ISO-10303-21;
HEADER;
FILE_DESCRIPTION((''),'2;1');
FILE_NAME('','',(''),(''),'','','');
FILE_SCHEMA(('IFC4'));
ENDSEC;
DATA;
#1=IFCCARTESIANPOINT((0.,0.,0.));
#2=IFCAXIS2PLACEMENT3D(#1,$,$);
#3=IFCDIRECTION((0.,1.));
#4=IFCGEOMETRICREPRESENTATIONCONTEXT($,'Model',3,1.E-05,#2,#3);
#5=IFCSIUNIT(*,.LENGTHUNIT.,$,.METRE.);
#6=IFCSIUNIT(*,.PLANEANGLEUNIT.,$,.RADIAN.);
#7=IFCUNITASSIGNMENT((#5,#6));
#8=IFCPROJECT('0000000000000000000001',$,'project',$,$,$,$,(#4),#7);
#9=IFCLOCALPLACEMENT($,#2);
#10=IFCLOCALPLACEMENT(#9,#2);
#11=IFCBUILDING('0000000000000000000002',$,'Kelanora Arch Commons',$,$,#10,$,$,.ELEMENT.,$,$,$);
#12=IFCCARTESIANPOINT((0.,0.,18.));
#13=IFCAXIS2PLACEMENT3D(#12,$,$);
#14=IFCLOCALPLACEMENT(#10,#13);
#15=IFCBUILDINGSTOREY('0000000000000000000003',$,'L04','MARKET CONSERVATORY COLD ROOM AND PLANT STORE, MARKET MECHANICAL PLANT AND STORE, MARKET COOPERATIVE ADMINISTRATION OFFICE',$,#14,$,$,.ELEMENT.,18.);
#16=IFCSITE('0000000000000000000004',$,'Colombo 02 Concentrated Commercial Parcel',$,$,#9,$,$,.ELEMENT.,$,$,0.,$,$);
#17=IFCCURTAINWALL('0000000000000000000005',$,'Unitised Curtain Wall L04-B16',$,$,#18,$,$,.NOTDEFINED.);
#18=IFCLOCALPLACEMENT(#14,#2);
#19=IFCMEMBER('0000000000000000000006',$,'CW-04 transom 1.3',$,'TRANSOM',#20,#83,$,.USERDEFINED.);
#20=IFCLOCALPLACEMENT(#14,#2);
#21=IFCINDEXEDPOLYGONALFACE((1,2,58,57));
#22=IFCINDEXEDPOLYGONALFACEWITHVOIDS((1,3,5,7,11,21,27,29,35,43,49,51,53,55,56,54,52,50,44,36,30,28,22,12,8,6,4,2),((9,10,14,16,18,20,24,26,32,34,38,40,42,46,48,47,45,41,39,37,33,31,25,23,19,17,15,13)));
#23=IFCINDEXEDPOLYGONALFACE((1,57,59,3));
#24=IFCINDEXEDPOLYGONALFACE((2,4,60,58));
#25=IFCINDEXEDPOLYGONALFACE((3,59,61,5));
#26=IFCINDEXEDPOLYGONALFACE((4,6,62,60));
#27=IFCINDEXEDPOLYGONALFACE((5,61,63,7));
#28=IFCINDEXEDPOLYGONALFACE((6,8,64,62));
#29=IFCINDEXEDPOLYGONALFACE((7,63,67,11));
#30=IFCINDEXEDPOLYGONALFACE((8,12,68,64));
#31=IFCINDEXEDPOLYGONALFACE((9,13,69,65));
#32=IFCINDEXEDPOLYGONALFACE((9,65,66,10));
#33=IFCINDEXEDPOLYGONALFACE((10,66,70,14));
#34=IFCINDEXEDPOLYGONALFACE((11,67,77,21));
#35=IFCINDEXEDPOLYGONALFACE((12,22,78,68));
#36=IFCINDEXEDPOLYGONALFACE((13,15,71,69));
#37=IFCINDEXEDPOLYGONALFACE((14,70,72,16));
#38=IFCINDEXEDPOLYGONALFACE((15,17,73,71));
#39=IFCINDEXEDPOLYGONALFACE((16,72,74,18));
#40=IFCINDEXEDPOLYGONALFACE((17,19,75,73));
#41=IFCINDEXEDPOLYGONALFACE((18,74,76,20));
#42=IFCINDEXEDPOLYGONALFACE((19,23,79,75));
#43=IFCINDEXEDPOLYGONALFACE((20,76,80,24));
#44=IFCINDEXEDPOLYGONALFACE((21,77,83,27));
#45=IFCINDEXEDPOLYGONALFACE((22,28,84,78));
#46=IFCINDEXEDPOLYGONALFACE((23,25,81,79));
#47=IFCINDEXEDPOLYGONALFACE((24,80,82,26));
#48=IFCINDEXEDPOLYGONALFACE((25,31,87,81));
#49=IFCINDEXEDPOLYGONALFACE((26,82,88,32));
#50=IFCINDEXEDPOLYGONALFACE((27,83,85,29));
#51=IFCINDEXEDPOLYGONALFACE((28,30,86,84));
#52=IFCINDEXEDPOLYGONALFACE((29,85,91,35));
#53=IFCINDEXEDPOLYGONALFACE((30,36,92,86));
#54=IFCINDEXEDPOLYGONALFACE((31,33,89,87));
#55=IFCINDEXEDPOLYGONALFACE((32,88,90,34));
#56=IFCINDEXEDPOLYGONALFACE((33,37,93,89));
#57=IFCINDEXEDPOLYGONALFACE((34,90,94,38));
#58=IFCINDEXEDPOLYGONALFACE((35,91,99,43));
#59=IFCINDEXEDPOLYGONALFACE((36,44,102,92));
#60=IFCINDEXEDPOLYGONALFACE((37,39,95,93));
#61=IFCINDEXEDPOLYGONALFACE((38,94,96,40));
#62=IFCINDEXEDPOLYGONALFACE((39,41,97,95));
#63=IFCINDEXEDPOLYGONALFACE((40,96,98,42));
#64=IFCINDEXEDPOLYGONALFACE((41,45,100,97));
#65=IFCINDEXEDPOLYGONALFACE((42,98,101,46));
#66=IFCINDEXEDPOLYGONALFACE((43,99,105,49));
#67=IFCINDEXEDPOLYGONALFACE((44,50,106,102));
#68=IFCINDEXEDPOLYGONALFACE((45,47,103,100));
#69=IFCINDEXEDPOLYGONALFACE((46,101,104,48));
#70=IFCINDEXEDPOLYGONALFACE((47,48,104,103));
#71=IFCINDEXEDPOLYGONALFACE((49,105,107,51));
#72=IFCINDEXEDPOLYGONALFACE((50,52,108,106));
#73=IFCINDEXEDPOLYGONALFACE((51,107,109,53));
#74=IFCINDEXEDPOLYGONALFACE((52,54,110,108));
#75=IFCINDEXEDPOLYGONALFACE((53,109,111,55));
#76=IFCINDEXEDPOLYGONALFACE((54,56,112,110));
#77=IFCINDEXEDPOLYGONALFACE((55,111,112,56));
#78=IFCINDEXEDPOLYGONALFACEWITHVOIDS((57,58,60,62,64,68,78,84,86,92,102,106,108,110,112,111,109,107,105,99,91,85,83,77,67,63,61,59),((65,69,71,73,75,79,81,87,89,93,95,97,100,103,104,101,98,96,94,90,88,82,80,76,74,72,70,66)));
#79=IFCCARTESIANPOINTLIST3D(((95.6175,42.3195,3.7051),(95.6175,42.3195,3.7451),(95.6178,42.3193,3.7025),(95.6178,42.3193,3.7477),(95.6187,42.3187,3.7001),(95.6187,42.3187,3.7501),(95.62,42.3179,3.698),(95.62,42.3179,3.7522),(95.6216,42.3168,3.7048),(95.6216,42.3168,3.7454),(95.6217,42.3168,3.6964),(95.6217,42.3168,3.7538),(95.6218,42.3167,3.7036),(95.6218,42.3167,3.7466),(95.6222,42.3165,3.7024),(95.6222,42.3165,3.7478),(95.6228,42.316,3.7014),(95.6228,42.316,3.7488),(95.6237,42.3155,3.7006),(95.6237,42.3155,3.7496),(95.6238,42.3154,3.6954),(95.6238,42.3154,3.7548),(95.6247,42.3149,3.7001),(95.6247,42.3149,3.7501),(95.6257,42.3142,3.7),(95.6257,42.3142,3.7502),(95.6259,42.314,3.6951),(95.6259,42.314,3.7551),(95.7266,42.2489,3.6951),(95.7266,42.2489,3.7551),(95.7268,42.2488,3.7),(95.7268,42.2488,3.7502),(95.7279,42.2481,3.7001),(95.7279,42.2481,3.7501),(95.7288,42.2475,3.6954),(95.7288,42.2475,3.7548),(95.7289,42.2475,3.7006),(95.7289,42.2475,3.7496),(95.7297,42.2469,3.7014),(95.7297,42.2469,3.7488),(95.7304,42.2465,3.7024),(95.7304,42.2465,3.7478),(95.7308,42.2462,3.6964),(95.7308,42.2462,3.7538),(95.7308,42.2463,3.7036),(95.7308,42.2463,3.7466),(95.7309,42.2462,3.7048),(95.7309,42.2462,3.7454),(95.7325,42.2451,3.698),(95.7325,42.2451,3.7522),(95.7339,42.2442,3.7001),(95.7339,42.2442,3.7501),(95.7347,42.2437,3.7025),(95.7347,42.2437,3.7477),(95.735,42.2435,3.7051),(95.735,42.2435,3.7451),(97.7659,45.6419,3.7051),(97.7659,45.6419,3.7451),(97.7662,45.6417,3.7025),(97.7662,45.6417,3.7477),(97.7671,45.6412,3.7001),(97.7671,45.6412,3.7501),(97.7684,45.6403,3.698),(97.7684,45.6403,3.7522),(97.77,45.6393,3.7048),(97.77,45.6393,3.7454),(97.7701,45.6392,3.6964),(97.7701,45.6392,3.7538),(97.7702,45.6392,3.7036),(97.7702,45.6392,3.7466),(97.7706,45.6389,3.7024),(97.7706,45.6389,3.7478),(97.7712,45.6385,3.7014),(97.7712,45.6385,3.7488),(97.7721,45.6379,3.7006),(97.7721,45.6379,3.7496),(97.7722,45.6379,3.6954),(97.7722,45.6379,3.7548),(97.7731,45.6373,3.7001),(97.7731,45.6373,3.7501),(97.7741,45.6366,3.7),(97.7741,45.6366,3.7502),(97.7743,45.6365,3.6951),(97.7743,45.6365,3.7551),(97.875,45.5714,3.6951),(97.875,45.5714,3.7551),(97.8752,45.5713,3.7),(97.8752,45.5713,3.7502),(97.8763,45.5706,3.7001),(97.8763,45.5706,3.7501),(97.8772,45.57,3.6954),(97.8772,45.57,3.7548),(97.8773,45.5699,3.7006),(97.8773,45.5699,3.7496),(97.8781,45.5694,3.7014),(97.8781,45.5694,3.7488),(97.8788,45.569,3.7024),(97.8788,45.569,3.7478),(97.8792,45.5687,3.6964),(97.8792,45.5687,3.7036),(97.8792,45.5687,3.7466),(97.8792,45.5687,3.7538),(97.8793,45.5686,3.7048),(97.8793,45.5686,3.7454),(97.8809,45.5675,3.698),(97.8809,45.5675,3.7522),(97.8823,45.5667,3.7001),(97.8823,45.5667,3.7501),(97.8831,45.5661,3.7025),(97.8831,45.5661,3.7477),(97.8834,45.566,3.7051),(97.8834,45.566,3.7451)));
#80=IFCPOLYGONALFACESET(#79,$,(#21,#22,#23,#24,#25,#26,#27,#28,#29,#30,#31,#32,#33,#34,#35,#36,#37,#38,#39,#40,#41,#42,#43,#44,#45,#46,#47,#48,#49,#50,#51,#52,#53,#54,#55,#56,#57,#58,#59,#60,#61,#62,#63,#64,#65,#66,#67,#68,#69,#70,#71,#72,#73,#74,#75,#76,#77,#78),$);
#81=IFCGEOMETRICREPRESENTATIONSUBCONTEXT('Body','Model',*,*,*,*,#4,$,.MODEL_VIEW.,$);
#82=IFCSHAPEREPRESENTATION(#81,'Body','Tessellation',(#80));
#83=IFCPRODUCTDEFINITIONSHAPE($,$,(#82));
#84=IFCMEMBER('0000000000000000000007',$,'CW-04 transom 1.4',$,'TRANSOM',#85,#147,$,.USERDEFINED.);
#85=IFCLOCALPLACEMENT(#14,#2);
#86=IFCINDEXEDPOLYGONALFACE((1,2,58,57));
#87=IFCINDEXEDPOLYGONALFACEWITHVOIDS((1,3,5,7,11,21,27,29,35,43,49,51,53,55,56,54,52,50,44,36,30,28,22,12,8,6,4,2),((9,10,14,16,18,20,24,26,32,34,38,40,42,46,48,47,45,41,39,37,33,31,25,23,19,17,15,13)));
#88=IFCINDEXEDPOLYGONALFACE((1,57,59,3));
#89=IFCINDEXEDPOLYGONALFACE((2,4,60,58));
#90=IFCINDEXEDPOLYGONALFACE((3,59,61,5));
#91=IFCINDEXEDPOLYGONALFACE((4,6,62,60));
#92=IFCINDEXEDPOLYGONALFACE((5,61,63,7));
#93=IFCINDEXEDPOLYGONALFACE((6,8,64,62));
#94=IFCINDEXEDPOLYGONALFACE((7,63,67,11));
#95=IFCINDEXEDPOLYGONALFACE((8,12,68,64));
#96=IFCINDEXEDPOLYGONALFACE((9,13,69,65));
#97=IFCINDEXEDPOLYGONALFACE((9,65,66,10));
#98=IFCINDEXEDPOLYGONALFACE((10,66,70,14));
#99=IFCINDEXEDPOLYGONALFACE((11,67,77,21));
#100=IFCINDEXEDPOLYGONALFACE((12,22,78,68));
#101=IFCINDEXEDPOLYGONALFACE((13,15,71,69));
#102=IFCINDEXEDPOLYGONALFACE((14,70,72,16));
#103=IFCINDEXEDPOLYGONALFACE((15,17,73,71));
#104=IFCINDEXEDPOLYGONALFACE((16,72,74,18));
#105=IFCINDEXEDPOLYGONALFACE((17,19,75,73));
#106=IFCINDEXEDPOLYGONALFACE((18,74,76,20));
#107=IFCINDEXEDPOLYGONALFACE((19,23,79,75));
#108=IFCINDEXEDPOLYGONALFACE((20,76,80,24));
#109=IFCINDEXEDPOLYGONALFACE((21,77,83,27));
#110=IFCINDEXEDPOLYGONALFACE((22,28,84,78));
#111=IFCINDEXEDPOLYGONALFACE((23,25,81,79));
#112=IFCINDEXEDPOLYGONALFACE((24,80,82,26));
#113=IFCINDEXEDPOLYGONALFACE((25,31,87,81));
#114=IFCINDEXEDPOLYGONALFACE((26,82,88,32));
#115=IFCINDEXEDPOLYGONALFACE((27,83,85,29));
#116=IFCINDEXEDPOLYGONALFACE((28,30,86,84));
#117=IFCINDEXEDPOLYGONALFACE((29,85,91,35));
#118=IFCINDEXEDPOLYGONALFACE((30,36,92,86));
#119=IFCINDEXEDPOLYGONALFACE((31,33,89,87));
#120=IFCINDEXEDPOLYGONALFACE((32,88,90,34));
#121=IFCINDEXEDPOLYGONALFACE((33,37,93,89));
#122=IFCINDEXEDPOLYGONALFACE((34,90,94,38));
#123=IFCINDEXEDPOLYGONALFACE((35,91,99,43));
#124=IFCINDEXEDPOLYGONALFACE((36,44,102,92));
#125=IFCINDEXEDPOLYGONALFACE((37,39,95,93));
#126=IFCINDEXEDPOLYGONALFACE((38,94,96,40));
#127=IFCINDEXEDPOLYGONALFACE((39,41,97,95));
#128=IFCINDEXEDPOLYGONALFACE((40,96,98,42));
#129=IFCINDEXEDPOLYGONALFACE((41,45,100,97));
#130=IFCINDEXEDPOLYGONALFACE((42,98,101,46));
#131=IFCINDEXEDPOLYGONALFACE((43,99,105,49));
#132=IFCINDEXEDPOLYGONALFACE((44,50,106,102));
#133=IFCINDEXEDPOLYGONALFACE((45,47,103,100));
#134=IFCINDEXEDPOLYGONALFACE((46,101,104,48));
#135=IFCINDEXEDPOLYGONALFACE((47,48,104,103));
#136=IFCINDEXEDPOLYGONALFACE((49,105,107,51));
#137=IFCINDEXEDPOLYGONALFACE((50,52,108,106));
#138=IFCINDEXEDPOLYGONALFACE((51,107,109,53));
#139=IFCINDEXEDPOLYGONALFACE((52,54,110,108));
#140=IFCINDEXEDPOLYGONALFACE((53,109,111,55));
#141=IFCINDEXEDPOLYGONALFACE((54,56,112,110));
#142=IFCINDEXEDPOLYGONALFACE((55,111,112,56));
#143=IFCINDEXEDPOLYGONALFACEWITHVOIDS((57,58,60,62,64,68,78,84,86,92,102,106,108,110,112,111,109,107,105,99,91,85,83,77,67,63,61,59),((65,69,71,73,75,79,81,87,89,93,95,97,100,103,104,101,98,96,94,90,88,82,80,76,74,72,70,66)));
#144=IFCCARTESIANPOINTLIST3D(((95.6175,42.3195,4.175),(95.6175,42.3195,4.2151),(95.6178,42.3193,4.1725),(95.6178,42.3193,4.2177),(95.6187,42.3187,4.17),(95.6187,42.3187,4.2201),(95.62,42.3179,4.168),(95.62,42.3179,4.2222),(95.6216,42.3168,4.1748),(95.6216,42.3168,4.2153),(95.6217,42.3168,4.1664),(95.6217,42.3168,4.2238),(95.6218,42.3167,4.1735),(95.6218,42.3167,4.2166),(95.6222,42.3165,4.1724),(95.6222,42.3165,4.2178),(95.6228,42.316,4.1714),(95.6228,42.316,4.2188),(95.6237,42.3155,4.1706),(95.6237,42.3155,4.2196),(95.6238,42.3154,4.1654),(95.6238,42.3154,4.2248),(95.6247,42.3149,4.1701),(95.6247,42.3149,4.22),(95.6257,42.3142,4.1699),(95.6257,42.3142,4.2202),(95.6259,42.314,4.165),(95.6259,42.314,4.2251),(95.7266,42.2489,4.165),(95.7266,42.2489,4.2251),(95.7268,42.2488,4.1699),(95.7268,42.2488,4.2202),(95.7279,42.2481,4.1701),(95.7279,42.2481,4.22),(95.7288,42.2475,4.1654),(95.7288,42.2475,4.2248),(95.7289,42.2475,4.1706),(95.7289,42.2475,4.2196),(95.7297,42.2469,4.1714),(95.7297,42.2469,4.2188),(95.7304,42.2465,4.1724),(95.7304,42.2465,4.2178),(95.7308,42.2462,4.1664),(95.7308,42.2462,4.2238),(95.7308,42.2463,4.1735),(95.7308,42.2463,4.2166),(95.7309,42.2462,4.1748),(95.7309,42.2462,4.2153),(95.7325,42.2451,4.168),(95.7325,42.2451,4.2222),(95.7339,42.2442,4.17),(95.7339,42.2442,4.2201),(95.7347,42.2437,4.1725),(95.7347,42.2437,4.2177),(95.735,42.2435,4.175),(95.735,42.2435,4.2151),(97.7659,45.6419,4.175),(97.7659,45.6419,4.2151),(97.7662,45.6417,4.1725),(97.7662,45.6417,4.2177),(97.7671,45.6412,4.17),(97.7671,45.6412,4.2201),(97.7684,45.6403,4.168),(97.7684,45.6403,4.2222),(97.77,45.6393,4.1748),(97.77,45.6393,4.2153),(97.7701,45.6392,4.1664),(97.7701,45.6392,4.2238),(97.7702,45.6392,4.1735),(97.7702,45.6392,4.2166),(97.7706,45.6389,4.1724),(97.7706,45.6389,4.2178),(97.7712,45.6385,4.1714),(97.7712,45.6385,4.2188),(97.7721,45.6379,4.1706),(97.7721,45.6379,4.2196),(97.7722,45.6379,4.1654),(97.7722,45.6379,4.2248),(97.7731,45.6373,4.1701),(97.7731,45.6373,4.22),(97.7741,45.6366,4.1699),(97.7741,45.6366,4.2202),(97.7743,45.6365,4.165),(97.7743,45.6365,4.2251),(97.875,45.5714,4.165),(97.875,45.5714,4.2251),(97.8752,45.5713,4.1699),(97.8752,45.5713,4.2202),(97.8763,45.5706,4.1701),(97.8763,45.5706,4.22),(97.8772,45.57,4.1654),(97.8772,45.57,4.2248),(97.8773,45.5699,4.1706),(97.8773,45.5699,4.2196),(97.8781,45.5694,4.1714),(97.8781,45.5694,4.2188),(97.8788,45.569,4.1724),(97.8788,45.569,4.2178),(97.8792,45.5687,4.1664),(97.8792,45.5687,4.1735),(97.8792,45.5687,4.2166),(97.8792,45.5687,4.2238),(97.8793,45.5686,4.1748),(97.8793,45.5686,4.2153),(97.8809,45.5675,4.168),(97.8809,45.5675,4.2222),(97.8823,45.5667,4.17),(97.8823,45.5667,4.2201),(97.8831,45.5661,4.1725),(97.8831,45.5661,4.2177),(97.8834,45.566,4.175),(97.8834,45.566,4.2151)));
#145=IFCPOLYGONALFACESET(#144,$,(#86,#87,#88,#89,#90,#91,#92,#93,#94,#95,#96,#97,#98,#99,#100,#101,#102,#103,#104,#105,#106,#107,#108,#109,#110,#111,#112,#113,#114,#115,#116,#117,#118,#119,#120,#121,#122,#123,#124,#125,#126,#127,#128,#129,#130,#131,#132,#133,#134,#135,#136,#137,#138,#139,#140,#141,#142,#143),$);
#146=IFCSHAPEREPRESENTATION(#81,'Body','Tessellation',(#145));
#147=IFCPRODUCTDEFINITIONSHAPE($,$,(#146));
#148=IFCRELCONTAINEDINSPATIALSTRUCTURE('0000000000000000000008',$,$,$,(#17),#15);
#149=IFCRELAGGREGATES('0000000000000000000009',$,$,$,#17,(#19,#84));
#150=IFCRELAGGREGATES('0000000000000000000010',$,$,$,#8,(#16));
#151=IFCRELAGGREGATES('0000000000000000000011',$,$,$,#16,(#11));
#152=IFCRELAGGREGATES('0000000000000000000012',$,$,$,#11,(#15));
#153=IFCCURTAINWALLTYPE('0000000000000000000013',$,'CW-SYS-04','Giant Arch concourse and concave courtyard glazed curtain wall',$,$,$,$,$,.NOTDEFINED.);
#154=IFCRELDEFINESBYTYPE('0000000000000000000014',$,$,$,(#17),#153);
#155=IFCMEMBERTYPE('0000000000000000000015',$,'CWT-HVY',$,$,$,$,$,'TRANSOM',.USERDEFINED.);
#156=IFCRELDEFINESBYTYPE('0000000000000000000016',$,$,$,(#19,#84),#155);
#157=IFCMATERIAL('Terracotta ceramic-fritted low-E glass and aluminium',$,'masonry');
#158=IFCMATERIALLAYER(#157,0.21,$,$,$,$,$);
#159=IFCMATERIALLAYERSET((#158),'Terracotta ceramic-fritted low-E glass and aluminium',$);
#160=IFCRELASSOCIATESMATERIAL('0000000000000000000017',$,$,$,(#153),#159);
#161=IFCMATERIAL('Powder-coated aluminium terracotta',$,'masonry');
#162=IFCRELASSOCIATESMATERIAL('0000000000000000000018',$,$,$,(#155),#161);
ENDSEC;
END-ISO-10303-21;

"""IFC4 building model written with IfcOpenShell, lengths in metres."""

from ifc_helpers import new_model, si_unit, direction, frame, origin, origin_2d, place, context, subcontext, project, spatial, hollow_rectangle, extrude, material, layer, layer_set, material_profile, profile_set, type_object, element, aggregate, save


model = new_model("IFC4")

# Units and contexts
model_context = context("Model", 3, precision=1e-05, world=origin(), true_north=direction((0.0, 1.0)))
body_context = subcontext(model_context, "Body", "Model", "MODEL_VIEW")
ifc_project = project(units=[si_unit("LENGTHUNIT", "METRE"), si_unit("PLANEANGLEUNIT", "RADIAN")], contexts=[model_context])

# Site, building, storey
site_placement = place(None, origin())
site = spatial("IfcSite", under=ifc_project, at=site_placement, Name="Colombo 02 Concentrated Commercial Parcel", CompositionType="ELEMENT", RefElevation=0.0)
building_placement = place(site_placement, origin())
building = spatial("IfcBuilding", under=site, at=building_placement, Name="Kelanora Arch Commons", CompositionType="ELEMENT")
storey_placement = place(building_placement, frame((0.0, 0.0, 18.0)))
storey = spatial("IfcBuildingStorey", under=building, at=storey_placement, Name="L04", Description="MARKET CONSERVATORY COLD ROOM AND PLANT STORE, MARKET MECHANICAL PLANT AND STORE, MARKET COOPERATIVE ADMINISTRATION OFFICE", CompositionType="ELEMENT", Elevation=18.0)

# Curtain wall, members
ifc_material_1 = material(Name="Terracotta ceramic-fritted low-E glass and aluminium", Category="masonry")
ifc_layer_1 = layer(ifc_material_1, 0.21)
ifc_layer_set_1 = layer_set([ifc_layer_1], Name="Terracotta ceramic-fritted low-E glass and aluminium")
curtain_wall_type = type_object("IfcCurtainWallType", Name="CW-SYS-04", Description="Giant Arch concourse and concave courtyard glazed curtain wall", PredefinedType="NOTDEFINED", material=ifc_layer_set_1)
curtain_wall_placement = place(storey_placement, origin())
curtain_wall = element("IfcCurtainWall", 1, at=curtain_wall_placement, inside=storey, type_object=curtain_wall_type, Name="Unitised Curtain Wall L04-B16", PredefinedType="NOTDEFINED")
ifc_material_2 = material(Name="Powder-coated aluminium terracotta", Category="masonry")
ifc_material_profile_1 = material_profile(ifc_material_2, hollow_rectangle(XDim=0.1399, YDim=0.0601, WallThickness=0.0049, InnerFilletRadius=0.0049, OuterFilletRadius=0.01, at=origin_2d()), Name="CWT140x60")
ifc_profile_set_1 = profile_set([ifc_material_profile_1], Name="Powder-coated aluminium terracotta")
member_type_1 = type_object("IfcMemberType", Name="CWT-HVY", ElementType="TRANSOM", PredefinedType="USERDEFINED", material=ifc_profile_set_1)
member_1_placement = place(storey_placement, frame((95.6763, 42.2815, 3.7251), z_axis=(0.542998, 0.839734, 0.0), x_axis=(-0.839734, 0.542998, 0.0)))
member_1 = element("IfcMember", 2, at=member_1_placement, type_object=member_type_1, Name="CW-04 transom 1.3", ObjectType="TRANSOM", PredefinedType="USERDEFINED", context=body_context, shape_type="SweptSolid", body=[
    extrude(hollow_rectangle(XDim=0.1399, YDim=0.0601, WallThickness=0.0049, InnerFilletRadius=0.0049, OuterFilletRadius=0.01, at=origin_2d()), origin(), (0.0, 0.0, 1.0), 3.9565),
])
member_2_placement = place(storey_placement, frame((95.6763, 42.2815, 4.1951), z_axis=(0.542998, 0.839734, 0.0), x_axis=(-0.839734, 0.542998, 0.0)))
member_2 = element("IfcMember", 3, at=member_2_placement, type_object=member_type_1, Name="CW-04 transom 1.4", ObjectType="TRANSOM", PredefinedType="USERDEFINED", context=body_context, shape_type="SweptSolid", body=[
    extrude(hollow_rectangle(XDim=0.1399, YDim=0.0601, WallThickness=0.0049, InnerFilletRadius=0.0049, OuterFilletRadius=0.01, at=origin_2d()), origin(), (0.0, 0.0, 1.0), 3.9565),
])
aggregate(curtain_wall, [member_1, member_2])

save(model, "model.ifc")
